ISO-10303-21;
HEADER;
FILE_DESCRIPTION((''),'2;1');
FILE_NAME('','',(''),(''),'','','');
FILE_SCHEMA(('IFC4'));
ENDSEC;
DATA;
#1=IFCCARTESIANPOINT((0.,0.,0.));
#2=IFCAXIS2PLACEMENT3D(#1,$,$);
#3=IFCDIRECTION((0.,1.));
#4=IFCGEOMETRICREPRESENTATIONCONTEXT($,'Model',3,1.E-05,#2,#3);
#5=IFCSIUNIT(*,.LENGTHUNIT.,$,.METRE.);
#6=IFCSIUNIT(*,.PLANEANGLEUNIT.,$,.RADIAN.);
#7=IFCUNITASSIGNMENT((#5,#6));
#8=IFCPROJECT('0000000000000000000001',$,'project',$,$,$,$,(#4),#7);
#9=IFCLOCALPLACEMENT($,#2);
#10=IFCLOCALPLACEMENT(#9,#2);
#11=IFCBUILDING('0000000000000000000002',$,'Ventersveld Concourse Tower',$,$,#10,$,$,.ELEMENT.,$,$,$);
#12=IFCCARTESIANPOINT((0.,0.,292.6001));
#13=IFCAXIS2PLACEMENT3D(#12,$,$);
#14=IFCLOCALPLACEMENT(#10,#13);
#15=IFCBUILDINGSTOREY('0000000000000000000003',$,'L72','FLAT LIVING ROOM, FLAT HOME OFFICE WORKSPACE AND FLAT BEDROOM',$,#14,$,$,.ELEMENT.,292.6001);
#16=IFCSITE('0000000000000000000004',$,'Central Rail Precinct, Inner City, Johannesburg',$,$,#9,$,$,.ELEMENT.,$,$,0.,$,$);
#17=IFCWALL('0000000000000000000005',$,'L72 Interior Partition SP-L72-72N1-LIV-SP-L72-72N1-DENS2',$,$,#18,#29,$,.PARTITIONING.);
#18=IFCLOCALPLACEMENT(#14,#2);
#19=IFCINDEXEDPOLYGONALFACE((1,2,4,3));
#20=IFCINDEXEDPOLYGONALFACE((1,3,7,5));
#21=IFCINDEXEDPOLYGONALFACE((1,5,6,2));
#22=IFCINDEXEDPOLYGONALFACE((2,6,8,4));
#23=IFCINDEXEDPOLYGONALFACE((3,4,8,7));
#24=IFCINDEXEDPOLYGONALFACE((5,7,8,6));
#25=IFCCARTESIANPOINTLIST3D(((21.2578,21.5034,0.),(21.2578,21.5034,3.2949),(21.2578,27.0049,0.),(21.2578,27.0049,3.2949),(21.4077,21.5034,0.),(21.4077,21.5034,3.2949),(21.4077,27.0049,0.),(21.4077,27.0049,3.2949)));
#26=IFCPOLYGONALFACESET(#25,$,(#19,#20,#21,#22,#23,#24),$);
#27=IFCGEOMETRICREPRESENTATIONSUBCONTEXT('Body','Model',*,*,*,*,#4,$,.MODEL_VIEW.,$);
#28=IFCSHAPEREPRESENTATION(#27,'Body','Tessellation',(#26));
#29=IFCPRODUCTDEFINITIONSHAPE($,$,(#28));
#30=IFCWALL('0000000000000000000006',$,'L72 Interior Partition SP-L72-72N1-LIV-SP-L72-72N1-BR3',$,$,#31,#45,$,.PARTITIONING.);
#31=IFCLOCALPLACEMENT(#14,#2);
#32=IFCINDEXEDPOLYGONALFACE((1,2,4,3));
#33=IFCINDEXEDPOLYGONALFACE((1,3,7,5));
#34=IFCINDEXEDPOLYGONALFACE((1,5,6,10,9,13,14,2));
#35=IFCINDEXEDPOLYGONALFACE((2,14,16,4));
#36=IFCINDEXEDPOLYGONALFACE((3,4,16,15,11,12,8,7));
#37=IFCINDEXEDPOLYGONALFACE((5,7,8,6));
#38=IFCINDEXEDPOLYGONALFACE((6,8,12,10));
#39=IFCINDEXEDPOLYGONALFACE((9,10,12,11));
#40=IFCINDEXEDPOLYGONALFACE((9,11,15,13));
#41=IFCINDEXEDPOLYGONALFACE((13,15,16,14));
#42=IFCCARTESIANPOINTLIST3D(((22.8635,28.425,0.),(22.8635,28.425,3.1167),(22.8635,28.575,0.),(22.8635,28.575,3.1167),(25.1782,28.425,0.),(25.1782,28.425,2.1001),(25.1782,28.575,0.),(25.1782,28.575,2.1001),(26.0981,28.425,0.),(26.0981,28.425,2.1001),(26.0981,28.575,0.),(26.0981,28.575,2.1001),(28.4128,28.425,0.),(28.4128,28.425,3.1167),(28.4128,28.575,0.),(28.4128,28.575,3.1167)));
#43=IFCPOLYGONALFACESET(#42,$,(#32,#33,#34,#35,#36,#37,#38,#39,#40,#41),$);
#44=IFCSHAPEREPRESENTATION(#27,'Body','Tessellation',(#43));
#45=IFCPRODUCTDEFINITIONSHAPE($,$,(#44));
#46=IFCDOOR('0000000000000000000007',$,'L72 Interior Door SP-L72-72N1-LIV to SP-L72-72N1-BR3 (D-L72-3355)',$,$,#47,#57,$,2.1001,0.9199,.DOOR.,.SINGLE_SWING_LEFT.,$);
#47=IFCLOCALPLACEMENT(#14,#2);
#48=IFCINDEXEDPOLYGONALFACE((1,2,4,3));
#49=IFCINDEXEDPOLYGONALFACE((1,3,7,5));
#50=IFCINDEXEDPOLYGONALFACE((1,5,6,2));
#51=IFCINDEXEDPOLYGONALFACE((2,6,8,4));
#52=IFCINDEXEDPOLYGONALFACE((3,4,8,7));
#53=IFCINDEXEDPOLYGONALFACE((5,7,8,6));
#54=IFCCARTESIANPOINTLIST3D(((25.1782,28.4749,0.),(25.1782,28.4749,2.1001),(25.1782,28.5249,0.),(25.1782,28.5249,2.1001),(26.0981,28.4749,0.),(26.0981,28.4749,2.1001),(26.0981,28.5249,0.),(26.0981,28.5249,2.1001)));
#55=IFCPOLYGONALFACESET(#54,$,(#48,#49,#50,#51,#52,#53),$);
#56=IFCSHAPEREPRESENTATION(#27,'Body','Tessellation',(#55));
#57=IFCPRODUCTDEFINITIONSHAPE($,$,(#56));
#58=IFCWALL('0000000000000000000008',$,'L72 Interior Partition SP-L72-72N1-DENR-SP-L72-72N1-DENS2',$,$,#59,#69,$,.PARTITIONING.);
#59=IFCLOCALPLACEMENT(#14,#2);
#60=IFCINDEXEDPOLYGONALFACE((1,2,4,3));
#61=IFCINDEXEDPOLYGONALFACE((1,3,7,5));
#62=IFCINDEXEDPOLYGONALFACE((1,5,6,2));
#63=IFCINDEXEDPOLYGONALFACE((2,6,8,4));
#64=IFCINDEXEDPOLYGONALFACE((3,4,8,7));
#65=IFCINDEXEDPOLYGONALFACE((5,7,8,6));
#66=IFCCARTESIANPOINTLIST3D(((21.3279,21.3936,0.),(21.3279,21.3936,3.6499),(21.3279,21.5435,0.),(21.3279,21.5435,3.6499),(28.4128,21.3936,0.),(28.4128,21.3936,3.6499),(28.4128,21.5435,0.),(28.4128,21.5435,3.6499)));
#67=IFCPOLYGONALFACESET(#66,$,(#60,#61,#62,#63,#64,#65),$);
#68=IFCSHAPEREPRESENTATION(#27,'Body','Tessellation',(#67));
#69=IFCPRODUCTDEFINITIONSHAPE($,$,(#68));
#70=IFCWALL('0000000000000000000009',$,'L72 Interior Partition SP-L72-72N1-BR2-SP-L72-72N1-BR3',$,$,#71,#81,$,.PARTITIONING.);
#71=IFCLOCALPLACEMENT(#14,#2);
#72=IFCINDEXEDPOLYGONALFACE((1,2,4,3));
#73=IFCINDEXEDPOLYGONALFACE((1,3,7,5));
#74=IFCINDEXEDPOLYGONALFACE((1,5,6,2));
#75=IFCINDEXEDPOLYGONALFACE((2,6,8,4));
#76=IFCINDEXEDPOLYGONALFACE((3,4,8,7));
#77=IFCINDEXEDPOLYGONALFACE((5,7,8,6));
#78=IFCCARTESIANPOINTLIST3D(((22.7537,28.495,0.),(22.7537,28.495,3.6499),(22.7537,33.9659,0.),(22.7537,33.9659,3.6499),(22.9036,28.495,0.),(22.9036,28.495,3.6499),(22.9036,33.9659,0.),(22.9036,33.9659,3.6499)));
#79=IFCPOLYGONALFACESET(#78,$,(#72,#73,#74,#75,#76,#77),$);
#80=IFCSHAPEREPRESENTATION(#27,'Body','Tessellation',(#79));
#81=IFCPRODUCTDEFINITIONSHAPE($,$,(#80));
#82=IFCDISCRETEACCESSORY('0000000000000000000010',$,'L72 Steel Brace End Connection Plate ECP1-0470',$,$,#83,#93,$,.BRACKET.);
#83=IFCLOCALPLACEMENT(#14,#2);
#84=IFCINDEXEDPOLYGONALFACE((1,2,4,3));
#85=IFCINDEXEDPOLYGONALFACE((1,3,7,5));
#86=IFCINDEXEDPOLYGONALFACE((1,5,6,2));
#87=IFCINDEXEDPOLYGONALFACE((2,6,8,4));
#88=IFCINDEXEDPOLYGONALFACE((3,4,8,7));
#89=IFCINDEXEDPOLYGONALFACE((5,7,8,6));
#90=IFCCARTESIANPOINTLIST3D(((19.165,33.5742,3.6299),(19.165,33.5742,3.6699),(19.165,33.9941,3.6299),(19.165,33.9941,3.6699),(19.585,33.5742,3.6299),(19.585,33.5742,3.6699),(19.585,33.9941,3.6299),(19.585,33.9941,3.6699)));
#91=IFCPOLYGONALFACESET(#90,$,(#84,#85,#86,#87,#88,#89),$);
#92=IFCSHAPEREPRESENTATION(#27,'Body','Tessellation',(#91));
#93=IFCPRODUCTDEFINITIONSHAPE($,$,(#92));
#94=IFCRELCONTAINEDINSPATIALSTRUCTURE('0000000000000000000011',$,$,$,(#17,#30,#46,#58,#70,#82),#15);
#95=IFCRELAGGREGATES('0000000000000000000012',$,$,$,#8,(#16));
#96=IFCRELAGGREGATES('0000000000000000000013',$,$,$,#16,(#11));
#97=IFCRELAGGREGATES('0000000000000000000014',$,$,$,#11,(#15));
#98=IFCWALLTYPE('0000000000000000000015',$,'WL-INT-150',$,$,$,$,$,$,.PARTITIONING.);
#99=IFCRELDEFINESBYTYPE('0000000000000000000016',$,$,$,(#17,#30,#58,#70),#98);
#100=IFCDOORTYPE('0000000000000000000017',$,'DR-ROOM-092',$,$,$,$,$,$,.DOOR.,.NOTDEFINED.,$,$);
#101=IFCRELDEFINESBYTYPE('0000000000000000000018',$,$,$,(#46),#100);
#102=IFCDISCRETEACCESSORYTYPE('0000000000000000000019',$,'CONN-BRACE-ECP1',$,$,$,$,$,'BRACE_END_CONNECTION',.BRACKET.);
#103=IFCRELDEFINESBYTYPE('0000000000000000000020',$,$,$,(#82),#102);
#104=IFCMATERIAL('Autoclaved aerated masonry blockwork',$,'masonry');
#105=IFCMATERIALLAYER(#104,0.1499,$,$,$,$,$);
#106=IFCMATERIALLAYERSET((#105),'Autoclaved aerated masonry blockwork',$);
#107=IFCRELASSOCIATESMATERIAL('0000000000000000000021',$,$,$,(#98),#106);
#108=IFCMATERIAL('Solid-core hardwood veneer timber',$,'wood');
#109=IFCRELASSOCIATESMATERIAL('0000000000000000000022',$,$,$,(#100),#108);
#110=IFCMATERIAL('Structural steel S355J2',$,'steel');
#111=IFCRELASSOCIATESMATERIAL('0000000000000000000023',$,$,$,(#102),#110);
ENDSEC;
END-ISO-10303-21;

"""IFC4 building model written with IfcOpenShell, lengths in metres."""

from ifc_helpers import new_model, si_unit, direction, frame, frame_2d, origin, origin_2d, place, context, subcontext, project, spatial, rectangle, extrude, material, layer, layer_set, type_object, element, fill, save


model = new_model("IFC4")

# Units and contexts
model_context = context("Model", 3, precision=1e-05, world=origin(), true_north=direction((0.0, 1.0)))
body_context = subcontext(model_context, "Body", "Model", "MODEL_VIEW")
ifc_project = project(units=[si_unit("LENGTHUNIT", "METRE"), si_unit("PLANEANGLEUNIT", "RADIAN")], contexts=[model_context])

# Site, building, storey
site_placement = place(None, origin())
site = spatial("IfcSite", under=ifc_project, at=site_placement, Name="Central Rail Precinct, Inner City, Johannesburg", CompositionType="ELEMENT", RefElevation=0.0)
building_placement = place(site_placement, origin())
building = spatial("IfcBuilding", under=site, at=building_placement, Name="Ventersveld Concourse Tower", CompositionType="ELEMENT")
storey_placement = place(building_placement, frame((0.0, 0.0, 292.6001)))
storey = spatial("IfcBuildingStorey", under=building, at=storey_placement, Name="L72", Description="FLAT LIVING ROOM, FLAT HOME OFFICE WORKSPACE AND FLAT BEDROOM", CompositionType="ELEMENT", Elevation=292.6001)

# Shared definitions
ifc_material_1 = material(Name="Structural steel S355J2", Category="steel")

# Shared definitions
ifc_material_2 = material(Name="Autoclaved aerated masonry blockwork", Category="masonry")
ifc_layer = layer(ifc_material_2, 0.1499)
ifc_layer_set = layer_set([ifc_layer], Name="Autoclaved aerated masonry blockwork")
wall_type = type_object("IfcWallType", Name="WL-INT-150", PredefinedType="PARTITIONING", material=ifc_layer_set)
ifc_material_3 = material(Name="Solid-core hardwood veneer timber", Category="wood")
door_type = type_object("IfcDoorType", Name="DR-ROOM-092", OperationType="NOTDEFINED", PredefinedType="DOOR", material=ifc_material_3)

# Wall
wall_1_placement = place(storey_placement, frame((21.3328, 21.5034, 0.0), z_axis=(0.0, 0.0, 1.0), x_axis=(0.0, 1.0, 0.0)))
element("IfcWall", 1, at=wall_1_placement, inside=storey, type_object=wall_type, Name="L72 Interior Partition SP-L72-72N1-LIV-SP-L72-72N1-DENS2", PredefinedType="PARTITIONING", context=body_context, shape_type="SweptSolid", body=[
    extrude(rectangle(XDim=5.5015, YDim=0.1499, at=frame_2d((2.7507, 0.0))), origin(), (0.0, 0.0, 1.0), 3.2949),
])

# Wall, opening, door
wall_2_placement = place(storey_placement, frame((22.8635, 28.5, 0.0), z_axis=(0.0, 0.0, 1.0), x_axis=(1.0, 0.0, 0.0)))
wall_2 = element("IfcWall", 2, at=wall_2_placement, inside=storey, type_object=wall_type, Name="L72 Interior Partition SP-L72-72N1-LIV-SP-L72-72N1-BR3", PredefinedType="PARTITIONING", context=body_context, shape_type="SweptSolid", body=[
    extrude(rectangle(XDim=5.5493, YDim=0.1499, at=frame_2d((2.7747, 0.0))), origin(), (0.0, 0.0, 1.0), 3.1167),
])
opening_1_placement = place(wall_2_placement, frame((2.3147, 0.0, 0.0)))
opening_1 = element("IfcOpeningElement", 3, at=opening_1_placement, cuts=wall_2, PredefinedType="OPENING", context=body_context, shape_type="SweptSolid", body=[
    extrude(rectangle(XDim=0.9199, YDim=2.1001, at=frame_2d((0.46, 1.05))), frame((0.0, 0.085, 0.0), z_axis=(0.0, -1.0, 0.0), x_axis=(1.0, 0.0, 0.0)), (0.0, 0.0, 1.0), 0.1699),
])
door_1_placement = place(opening_1_placement, origin())
door_1 = element("IfcDoor", 4, at=door_1_placement, inside=storey, type_object=door_type, Name="L72 Interior Door SP-L72-72N1-LIV to SP-L72-72N1-BR3 (D-L72-3355)", OperationType="SINGLE_SWING_LEFT", OverallHeight=2.1001, OverallWidth=0.9199, PredefinedType="DOOR", context=body_context, shape_type="SweptSolid", body=[
    extrude(rectangle(XDim=0.9199, YDim=2.1001, at=frame_2d((0.46, 1.05))), frame((0.0, 0.0249, 0.0), z_axis=(0.0, -1.0, 0.0), x_axis=(1.0, 0.0, 0.0)), (0.0, 0.0, 1.0), 0.05),
])
fill(opening_1, door_1)

# Walls
wall_3_placement = place(storey_placement, frame((21.3279, 21.4685, 0.0), z_axis=(0.0, 0.0, 1.0), x_axis=(1.0, 0.0, 0.0)))
element("IfcWall", 5, at=wall_3_placement, inside=storey, type_object=wall_type, Name="L72 Interior Partition SP-L72-72N1-DENR-SP-L72-72N1-DENS2", PredefinedType="PARTITIONING", context=body_context, shape_type="SweptSolid", body=[
    extrude(rectangle(XDim=7.085, YDim=0.1499, at=frame_2d((3.5425, 0.0))), origin(), (0.0, 0.0, 1.0), 3.6499),
])
wall_4_placement = place(storey_placement, frame((22.8286, 28.4951, 0.0), z_axis=(0.0, 0.0, 1.0), x_axis=(0.0, 1.0, 0.0)))
element("IfcWall", 6, at=wall_4_placement, inside=storey, type_object=wall_type, Name="L72 Interior Partition SP-L72-72N1-BR2-SP-L72-72N1-BR3", PredefinedType="PARTITIONING", context=body_context, shape_type="SweptSolid", body=[
    extrude(rectangle(XDim=5.4709, YDim=0.1499, at=frame_2d((2.7354, 0.0))), origin(), (0.0, 0.0, 1.0), 3.6499),
])

# Discrete accessory
discrete_accessory_type = type_object("IfcDiscreteAccessoryType", Name="CONN-BRACE-ECP1", ElementType="BRACE_END_CONNECTION", PredefinedType="BRACKET", material=ifc_material_1)
discrete_accessory_placement = place(storey_placement, frame((19.375, 33.7842, 3.6299), z_axis=(0.0, 0.0, 1.0), x_axis=(1.0, 0.0, 0.0)))
element("IfcDiscreteAccessory", 7, at=discrete_accessory_placement, inside=storey, type_object=discrete_accessory_type, Name="L72 Steel Brace End Connection Plate ECP1-0470", PredefinedType="BRACKET", context=body_context, shape_type="SweptSolid", body=[
    extrude(rectangle(XDim=0.4199, YDim=0.4199, at=origin_2d()), origin(), (0.0, 0.0, 1.0), 0.04),
])

save(model, "model.ifc")
